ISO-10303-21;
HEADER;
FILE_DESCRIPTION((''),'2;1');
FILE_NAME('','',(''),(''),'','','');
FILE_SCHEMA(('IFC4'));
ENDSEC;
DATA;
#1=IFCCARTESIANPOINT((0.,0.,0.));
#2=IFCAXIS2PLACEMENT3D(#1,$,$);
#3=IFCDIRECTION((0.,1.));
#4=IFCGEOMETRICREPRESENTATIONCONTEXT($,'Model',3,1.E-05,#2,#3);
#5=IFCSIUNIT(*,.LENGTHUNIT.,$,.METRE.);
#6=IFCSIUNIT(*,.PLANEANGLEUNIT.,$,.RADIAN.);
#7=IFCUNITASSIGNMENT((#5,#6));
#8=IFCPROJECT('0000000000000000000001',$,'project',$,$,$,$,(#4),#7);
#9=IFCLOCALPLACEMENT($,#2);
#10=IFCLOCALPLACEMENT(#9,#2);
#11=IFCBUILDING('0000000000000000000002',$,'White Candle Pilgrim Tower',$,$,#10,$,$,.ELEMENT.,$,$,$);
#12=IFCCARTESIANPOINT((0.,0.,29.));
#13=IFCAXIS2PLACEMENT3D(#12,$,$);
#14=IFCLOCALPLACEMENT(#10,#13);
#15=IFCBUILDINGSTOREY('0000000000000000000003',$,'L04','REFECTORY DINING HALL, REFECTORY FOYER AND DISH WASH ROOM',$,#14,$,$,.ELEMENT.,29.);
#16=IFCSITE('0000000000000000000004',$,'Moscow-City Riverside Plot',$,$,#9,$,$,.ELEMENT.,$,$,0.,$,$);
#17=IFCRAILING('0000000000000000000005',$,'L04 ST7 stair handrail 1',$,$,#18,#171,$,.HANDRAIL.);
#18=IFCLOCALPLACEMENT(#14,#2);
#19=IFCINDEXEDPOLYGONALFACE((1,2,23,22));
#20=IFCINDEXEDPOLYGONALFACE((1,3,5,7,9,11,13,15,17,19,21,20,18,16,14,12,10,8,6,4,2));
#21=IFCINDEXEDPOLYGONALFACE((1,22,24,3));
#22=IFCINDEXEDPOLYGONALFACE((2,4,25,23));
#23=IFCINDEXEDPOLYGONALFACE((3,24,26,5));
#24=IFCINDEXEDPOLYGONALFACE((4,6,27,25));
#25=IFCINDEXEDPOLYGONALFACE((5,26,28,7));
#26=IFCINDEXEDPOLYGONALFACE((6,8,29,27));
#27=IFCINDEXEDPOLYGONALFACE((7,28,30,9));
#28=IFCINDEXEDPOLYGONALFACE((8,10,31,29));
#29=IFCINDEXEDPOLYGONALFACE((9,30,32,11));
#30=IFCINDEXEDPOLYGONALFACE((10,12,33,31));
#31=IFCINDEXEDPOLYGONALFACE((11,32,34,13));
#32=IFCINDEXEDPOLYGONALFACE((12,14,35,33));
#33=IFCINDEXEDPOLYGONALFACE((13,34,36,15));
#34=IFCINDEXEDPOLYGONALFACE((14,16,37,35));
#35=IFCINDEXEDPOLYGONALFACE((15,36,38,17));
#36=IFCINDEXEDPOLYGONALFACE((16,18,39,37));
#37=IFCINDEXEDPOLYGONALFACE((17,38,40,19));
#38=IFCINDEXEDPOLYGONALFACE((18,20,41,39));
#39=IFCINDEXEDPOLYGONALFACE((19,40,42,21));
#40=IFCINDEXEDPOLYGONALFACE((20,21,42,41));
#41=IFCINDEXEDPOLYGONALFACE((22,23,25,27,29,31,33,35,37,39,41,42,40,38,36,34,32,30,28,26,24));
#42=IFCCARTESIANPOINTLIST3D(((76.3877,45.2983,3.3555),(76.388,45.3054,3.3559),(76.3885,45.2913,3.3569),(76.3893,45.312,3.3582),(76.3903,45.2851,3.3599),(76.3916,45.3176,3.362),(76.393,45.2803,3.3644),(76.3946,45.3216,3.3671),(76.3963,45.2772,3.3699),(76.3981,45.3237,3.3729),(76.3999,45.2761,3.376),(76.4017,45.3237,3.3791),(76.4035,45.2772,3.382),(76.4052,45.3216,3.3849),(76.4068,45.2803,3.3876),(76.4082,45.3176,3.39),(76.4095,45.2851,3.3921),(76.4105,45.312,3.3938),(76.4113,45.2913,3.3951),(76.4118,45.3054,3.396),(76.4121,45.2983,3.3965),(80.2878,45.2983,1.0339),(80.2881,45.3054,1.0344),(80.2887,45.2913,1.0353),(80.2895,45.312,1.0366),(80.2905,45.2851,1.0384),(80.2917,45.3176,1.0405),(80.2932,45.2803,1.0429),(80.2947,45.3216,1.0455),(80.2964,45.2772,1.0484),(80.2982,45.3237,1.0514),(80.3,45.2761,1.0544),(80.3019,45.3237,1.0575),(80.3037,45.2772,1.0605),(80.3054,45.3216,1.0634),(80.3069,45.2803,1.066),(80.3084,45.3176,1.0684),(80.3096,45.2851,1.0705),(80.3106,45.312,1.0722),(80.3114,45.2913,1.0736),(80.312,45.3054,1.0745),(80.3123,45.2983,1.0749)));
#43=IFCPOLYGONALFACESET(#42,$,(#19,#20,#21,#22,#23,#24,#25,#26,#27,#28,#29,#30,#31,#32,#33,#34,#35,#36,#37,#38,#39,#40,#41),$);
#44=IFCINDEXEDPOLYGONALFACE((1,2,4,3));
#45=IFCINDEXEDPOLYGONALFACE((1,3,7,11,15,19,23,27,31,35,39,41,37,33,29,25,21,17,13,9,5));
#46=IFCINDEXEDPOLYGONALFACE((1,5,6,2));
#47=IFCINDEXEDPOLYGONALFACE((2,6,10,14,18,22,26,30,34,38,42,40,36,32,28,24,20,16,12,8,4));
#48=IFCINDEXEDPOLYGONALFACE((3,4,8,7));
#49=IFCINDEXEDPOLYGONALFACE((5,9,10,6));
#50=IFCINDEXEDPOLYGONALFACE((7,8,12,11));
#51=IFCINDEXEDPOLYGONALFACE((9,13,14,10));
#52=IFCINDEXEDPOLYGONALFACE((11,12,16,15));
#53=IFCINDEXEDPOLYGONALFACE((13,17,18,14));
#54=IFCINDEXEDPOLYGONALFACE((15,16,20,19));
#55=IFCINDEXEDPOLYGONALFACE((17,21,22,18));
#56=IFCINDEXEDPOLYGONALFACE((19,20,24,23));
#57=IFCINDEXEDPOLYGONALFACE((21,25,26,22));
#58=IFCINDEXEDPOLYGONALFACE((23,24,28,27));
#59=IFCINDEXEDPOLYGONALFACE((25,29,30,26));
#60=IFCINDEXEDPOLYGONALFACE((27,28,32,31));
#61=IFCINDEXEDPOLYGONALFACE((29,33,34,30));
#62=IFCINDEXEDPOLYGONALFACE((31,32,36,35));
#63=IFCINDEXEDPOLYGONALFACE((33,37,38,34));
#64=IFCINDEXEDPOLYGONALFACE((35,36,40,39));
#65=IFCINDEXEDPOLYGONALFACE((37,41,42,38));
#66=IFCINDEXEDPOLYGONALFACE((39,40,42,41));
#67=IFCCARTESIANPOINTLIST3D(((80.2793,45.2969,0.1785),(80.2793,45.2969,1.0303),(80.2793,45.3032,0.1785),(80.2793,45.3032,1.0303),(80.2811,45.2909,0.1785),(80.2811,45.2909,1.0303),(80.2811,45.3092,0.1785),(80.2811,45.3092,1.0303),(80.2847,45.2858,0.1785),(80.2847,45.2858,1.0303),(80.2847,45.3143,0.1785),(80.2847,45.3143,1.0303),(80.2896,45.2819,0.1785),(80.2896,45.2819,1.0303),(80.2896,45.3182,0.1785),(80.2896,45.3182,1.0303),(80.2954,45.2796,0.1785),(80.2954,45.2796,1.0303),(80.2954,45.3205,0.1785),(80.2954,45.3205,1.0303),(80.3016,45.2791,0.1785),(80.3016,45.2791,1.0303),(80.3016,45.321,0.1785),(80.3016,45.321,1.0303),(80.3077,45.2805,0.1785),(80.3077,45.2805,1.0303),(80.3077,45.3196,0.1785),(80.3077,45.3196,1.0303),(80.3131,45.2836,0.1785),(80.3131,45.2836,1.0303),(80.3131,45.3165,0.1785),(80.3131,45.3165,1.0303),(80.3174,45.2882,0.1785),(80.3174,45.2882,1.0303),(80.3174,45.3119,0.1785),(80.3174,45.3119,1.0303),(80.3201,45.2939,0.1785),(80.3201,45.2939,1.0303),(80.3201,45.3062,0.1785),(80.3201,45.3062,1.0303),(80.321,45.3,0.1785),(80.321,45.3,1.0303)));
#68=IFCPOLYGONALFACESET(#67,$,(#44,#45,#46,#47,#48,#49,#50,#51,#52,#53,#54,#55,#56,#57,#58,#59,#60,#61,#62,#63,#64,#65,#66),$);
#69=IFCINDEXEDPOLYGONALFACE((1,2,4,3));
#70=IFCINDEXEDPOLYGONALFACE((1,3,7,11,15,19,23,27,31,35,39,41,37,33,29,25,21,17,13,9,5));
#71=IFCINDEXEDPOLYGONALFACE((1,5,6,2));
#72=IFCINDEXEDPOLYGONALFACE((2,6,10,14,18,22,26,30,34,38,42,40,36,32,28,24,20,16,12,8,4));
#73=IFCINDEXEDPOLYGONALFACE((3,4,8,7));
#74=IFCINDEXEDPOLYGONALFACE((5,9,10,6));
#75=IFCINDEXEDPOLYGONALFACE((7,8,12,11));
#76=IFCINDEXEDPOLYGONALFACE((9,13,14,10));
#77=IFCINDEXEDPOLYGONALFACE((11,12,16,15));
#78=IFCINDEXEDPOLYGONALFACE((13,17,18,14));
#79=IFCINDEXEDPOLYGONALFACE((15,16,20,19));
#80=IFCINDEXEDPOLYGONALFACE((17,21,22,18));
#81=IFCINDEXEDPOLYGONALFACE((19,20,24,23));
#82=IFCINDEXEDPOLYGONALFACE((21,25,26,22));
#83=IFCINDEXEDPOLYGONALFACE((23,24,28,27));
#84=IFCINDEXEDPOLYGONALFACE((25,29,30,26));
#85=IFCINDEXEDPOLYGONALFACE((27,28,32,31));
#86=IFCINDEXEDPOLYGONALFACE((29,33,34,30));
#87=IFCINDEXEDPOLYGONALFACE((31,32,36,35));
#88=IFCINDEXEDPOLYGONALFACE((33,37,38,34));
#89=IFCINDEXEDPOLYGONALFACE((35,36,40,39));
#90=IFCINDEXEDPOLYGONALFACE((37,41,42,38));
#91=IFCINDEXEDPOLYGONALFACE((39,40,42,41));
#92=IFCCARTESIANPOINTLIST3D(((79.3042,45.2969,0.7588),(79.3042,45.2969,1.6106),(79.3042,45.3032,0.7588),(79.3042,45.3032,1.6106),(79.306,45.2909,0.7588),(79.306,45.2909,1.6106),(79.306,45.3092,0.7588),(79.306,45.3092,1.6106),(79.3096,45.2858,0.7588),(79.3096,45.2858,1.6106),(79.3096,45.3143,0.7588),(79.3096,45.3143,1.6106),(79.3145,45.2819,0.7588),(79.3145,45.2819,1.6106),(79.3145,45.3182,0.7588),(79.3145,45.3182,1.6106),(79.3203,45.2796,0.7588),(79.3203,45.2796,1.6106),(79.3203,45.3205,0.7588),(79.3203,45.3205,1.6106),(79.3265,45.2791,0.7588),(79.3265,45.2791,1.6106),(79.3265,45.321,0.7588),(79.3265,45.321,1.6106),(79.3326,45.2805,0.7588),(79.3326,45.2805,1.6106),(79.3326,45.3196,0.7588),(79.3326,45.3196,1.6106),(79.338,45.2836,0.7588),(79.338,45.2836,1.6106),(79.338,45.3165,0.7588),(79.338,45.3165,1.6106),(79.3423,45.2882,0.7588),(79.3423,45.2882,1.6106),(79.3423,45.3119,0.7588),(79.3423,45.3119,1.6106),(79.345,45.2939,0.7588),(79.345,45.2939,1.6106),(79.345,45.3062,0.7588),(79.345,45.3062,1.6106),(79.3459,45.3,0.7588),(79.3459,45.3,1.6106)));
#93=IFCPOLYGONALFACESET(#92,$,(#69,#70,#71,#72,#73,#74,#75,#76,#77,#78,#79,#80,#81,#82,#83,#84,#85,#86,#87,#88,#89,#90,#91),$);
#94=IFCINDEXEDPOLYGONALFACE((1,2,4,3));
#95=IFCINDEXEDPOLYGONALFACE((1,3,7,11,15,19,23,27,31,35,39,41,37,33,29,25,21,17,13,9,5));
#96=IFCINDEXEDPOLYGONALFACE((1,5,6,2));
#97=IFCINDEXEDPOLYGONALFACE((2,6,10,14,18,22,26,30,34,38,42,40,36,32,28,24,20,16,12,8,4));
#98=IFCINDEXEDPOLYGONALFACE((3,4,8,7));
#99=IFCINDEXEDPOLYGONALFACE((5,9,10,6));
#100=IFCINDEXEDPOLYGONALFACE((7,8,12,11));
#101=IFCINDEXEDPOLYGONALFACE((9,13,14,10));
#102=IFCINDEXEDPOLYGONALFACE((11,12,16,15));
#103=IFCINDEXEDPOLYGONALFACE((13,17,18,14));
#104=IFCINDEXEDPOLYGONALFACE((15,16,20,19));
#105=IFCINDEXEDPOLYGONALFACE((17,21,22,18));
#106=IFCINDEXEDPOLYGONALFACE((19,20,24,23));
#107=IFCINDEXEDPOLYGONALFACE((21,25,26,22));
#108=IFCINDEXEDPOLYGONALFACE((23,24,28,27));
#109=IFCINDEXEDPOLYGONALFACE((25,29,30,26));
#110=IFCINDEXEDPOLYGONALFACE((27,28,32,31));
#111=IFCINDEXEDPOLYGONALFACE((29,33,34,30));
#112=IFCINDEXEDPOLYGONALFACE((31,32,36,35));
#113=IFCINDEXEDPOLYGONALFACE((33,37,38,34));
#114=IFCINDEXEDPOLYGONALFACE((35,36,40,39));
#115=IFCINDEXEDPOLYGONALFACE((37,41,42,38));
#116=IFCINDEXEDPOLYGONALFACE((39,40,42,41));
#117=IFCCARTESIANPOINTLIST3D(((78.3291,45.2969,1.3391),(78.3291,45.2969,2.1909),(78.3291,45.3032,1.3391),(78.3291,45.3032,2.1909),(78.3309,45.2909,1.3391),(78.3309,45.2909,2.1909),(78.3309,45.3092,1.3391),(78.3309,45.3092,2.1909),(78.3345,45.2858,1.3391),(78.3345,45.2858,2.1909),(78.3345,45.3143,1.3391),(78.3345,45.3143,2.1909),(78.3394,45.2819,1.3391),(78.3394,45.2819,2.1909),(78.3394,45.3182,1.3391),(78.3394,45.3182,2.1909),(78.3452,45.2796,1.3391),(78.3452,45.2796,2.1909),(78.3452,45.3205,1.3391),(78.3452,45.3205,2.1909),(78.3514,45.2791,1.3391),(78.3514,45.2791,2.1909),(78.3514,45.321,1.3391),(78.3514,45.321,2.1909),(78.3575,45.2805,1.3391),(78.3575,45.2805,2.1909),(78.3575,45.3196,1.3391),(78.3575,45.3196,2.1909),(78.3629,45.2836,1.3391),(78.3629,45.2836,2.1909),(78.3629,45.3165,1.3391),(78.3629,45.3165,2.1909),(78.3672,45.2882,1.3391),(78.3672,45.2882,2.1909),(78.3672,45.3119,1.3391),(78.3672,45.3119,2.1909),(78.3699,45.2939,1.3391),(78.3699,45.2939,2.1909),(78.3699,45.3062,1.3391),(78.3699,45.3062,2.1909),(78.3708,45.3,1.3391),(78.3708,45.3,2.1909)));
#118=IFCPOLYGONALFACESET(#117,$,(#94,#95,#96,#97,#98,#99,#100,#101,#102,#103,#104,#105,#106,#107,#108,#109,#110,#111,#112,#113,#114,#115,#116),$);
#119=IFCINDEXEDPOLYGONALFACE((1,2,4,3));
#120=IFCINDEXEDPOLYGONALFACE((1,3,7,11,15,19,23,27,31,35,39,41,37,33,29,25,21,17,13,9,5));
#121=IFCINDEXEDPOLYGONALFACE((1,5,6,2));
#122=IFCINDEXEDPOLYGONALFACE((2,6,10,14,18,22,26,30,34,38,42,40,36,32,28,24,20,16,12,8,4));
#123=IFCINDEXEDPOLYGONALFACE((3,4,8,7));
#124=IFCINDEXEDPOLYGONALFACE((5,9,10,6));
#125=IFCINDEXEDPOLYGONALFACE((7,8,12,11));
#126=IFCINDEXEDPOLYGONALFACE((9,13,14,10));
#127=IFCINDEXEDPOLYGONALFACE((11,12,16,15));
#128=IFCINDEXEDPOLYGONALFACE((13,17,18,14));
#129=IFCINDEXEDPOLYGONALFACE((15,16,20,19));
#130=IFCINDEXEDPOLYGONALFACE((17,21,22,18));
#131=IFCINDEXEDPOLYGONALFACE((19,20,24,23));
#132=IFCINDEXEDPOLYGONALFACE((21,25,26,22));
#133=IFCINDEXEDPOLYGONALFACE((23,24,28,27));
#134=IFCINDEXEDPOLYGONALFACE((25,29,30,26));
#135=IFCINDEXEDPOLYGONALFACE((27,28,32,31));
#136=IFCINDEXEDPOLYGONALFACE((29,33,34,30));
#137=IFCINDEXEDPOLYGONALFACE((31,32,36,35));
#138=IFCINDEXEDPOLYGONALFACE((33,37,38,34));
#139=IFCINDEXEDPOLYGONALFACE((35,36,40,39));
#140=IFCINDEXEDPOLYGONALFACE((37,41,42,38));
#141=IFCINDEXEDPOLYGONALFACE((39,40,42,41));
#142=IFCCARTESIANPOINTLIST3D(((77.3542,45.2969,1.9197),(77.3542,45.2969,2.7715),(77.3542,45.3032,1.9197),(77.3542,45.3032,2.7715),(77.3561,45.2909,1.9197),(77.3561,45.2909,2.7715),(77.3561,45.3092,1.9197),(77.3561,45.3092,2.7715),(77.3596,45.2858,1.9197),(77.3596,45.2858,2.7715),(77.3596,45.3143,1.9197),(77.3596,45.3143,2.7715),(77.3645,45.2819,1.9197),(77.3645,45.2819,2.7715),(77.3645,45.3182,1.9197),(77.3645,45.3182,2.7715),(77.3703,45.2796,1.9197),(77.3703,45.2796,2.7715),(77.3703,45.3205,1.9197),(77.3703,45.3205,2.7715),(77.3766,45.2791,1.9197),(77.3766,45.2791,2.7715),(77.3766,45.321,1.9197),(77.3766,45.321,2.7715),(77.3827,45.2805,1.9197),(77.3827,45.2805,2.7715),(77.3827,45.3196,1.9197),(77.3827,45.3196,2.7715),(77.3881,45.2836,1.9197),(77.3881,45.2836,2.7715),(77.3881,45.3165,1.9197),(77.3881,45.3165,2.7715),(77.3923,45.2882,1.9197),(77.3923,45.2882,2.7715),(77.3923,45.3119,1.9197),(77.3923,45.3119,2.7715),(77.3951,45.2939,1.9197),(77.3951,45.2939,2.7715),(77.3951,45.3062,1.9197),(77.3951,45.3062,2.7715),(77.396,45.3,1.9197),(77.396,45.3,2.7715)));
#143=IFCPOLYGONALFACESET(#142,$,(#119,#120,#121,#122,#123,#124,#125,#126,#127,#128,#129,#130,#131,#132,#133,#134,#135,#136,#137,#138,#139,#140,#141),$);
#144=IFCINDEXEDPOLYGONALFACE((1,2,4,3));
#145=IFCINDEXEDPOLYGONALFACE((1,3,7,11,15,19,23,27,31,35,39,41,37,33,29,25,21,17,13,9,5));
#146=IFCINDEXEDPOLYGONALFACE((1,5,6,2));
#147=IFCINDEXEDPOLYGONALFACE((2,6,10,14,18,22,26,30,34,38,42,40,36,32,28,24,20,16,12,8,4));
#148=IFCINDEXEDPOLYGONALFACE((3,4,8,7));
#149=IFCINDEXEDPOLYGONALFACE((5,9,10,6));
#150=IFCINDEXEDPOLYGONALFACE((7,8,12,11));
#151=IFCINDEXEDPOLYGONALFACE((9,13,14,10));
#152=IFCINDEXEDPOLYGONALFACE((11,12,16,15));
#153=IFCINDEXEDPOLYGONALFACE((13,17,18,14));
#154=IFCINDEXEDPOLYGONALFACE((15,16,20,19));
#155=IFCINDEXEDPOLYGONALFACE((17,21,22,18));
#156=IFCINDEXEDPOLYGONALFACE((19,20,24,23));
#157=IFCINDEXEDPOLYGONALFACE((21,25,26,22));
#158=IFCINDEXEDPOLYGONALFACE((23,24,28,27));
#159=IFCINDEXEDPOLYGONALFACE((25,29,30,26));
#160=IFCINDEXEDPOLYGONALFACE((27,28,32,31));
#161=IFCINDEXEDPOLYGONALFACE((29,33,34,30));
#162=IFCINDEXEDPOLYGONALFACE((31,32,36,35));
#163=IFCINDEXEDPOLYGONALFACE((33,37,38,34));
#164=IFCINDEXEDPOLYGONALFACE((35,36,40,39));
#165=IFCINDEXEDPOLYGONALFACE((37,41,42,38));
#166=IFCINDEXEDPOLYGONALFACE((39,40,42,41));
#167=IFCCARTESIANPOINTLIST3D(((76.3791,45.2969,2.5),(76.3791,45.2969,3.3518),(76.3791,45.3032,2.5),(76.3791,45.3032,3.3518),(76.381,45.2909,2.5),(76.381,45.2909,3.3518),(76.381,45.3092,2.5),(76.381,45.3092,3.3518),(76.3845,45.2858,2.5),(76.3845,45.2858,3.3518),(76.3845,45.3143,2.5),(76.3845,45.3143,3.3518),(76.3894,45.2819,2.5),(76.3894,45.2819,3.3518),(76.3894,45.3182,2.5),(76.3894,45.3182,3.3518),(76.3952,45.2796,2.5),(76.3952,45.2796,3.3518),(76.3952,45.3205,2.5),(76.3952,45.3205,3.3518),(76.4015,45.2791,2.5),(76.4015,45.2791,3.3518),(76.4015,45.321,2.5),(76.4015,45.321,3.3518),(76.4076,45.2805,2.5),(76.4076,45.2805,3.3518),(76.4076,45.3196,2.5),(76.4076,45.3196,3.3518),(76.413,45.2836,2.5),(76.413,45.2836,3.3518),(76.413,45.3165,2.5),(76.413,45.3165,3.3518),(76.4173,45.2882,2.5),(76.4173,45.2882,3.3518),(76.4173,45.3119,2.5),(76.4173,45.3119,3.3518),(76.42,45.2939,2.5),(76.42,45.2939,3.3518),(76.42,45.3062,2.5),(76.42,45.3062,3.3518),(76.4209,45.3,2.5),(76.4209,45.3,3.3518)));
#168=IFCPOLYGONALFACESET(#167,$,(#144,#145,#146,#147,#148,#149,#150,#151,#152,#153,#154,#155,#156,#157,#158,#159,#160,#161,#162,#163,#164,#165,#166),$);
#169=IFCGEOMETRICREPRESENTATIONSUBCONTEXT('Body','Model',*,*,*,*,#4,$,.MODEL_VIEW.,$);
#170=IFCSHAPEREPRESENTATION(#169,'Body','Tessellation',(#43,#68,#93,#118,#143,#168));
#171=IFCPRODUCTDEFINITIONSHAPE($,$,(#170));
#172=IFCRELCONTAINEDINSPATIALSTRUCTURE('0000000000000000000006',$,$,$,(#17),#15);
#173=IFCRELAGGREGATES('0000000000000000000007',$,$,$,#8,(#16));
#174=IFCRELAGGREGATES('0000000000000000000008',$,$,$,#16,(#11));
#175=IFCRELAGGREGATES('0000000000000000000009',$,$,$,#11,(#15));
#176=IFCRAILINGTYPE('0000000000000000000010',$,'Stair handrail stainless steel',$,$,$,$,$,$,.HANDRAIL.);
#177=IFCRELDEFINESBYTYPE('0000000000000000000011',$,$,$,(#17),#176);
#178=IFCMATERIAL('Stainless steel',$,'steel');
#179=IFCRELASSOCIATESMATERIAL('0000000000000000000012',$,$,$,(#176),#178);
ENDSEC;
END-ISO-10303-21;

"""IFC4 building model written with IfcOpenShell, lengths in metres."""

from ifc_helpers import new_model, si_unit, direction, frame, origin, origin_2d, place, context, subcontext, project, spatial, circle, extrude, material, type_object, element, save


model = new_model("IFC4")

# Units and contexts
model_context = context("Model", 3, precision=1e-05, world=origin(), true_north=direction((0.0, 1.0)))
body_context = subcontext(model_context, "Body", "Model", "MODEL_VIEW")
ifc_project = project(units=[si_unit("LENGTHUNIT", "METRE"), si_unit("PLANEANGLEUNIT", "RADIAN")], contexts=[model_context])

# Site, building, storey
site_placement = place(None, origin())
site = spatial("IfcSite", under=ifc_project, at=site_placement, Name="Moscow-City Riverside Plot", CompositionType="ELEMENT", RefElevation=0.0)
building_placement = place(site_placement, origin())
building = spatial("IfcBuilding", under=site, at=building_placement, Name="White Candle Pilgrim Tower", CompositionType="ELEMENT")
storey_placement = place(building_placement, frame((0.0, 0.0, 29.0)))
storey = spatial("IfcBuildingStorey", under=building, at=storey_placement, Name="L04", Description="REFECTORY DINING HALL, REFECTORY FOYER AND DISH WASH ROOM", CompositionType="ELEMENT", Elevation=29.0)

# Railing
ifc_material_1 = material(Name="Stainless steel", Category="steel")
railing_type_1 = type_object("IfcRailingType", Name="Stair handrail stainless steel", PredefinedType="HANDRAIL", material=ifc_material_1)
railing_1_placement = place(storey_placement, frame((80.3, 45.3, 0.1785)))
element("IfcRailing", 1, at=railing_1_placement, inside=storey, type_object=railing_type_1, Name="L04 ST7 stair handrail 1", PredefinedType="HANDRAIL", context=body_context, shape_type="SweptSolid", body=[
    extrude(circle(Radius=0.0239, at=origin_2d()), frame((0.0, 0.0, 0.876), z_axis=(-0.859291, 0.0, 0.511487), x_axis=(0.0, -1.0, 0.0)), (0.0, 0.0, 1.0), 4.5388),
    extrude(circle(Radius=0.021, at=origin_2d()), origin(), (0.0, 0.0, 1.0), 0.8518),
    extrude(circle(Radius=0.021, at=origin_2d()), frame((-0.9751, 0.0, 0.5803)), (0.0, 0.0, 1.0), 0.8518),
    extrude(circle(Radius=0.021, at=origin_2d()), frame((-1.9502, 0.0, 1.1606)), (0.0, 0.0, 1.0), 0.8518),
    extrude(circle(Radius=0.021, at=origin_2d()), frame((-2.925, 0.0, 1.7412)), (0.0, 0.0, 1.0), 0.8518),
    extrude(circle(Radius=0.021, at=origin_2d()), frame((-3.9001, 0.0, 2.3215)), (0.0, 0.0, 1.0), 0.8518),
])

save(model, "model.ifc")
